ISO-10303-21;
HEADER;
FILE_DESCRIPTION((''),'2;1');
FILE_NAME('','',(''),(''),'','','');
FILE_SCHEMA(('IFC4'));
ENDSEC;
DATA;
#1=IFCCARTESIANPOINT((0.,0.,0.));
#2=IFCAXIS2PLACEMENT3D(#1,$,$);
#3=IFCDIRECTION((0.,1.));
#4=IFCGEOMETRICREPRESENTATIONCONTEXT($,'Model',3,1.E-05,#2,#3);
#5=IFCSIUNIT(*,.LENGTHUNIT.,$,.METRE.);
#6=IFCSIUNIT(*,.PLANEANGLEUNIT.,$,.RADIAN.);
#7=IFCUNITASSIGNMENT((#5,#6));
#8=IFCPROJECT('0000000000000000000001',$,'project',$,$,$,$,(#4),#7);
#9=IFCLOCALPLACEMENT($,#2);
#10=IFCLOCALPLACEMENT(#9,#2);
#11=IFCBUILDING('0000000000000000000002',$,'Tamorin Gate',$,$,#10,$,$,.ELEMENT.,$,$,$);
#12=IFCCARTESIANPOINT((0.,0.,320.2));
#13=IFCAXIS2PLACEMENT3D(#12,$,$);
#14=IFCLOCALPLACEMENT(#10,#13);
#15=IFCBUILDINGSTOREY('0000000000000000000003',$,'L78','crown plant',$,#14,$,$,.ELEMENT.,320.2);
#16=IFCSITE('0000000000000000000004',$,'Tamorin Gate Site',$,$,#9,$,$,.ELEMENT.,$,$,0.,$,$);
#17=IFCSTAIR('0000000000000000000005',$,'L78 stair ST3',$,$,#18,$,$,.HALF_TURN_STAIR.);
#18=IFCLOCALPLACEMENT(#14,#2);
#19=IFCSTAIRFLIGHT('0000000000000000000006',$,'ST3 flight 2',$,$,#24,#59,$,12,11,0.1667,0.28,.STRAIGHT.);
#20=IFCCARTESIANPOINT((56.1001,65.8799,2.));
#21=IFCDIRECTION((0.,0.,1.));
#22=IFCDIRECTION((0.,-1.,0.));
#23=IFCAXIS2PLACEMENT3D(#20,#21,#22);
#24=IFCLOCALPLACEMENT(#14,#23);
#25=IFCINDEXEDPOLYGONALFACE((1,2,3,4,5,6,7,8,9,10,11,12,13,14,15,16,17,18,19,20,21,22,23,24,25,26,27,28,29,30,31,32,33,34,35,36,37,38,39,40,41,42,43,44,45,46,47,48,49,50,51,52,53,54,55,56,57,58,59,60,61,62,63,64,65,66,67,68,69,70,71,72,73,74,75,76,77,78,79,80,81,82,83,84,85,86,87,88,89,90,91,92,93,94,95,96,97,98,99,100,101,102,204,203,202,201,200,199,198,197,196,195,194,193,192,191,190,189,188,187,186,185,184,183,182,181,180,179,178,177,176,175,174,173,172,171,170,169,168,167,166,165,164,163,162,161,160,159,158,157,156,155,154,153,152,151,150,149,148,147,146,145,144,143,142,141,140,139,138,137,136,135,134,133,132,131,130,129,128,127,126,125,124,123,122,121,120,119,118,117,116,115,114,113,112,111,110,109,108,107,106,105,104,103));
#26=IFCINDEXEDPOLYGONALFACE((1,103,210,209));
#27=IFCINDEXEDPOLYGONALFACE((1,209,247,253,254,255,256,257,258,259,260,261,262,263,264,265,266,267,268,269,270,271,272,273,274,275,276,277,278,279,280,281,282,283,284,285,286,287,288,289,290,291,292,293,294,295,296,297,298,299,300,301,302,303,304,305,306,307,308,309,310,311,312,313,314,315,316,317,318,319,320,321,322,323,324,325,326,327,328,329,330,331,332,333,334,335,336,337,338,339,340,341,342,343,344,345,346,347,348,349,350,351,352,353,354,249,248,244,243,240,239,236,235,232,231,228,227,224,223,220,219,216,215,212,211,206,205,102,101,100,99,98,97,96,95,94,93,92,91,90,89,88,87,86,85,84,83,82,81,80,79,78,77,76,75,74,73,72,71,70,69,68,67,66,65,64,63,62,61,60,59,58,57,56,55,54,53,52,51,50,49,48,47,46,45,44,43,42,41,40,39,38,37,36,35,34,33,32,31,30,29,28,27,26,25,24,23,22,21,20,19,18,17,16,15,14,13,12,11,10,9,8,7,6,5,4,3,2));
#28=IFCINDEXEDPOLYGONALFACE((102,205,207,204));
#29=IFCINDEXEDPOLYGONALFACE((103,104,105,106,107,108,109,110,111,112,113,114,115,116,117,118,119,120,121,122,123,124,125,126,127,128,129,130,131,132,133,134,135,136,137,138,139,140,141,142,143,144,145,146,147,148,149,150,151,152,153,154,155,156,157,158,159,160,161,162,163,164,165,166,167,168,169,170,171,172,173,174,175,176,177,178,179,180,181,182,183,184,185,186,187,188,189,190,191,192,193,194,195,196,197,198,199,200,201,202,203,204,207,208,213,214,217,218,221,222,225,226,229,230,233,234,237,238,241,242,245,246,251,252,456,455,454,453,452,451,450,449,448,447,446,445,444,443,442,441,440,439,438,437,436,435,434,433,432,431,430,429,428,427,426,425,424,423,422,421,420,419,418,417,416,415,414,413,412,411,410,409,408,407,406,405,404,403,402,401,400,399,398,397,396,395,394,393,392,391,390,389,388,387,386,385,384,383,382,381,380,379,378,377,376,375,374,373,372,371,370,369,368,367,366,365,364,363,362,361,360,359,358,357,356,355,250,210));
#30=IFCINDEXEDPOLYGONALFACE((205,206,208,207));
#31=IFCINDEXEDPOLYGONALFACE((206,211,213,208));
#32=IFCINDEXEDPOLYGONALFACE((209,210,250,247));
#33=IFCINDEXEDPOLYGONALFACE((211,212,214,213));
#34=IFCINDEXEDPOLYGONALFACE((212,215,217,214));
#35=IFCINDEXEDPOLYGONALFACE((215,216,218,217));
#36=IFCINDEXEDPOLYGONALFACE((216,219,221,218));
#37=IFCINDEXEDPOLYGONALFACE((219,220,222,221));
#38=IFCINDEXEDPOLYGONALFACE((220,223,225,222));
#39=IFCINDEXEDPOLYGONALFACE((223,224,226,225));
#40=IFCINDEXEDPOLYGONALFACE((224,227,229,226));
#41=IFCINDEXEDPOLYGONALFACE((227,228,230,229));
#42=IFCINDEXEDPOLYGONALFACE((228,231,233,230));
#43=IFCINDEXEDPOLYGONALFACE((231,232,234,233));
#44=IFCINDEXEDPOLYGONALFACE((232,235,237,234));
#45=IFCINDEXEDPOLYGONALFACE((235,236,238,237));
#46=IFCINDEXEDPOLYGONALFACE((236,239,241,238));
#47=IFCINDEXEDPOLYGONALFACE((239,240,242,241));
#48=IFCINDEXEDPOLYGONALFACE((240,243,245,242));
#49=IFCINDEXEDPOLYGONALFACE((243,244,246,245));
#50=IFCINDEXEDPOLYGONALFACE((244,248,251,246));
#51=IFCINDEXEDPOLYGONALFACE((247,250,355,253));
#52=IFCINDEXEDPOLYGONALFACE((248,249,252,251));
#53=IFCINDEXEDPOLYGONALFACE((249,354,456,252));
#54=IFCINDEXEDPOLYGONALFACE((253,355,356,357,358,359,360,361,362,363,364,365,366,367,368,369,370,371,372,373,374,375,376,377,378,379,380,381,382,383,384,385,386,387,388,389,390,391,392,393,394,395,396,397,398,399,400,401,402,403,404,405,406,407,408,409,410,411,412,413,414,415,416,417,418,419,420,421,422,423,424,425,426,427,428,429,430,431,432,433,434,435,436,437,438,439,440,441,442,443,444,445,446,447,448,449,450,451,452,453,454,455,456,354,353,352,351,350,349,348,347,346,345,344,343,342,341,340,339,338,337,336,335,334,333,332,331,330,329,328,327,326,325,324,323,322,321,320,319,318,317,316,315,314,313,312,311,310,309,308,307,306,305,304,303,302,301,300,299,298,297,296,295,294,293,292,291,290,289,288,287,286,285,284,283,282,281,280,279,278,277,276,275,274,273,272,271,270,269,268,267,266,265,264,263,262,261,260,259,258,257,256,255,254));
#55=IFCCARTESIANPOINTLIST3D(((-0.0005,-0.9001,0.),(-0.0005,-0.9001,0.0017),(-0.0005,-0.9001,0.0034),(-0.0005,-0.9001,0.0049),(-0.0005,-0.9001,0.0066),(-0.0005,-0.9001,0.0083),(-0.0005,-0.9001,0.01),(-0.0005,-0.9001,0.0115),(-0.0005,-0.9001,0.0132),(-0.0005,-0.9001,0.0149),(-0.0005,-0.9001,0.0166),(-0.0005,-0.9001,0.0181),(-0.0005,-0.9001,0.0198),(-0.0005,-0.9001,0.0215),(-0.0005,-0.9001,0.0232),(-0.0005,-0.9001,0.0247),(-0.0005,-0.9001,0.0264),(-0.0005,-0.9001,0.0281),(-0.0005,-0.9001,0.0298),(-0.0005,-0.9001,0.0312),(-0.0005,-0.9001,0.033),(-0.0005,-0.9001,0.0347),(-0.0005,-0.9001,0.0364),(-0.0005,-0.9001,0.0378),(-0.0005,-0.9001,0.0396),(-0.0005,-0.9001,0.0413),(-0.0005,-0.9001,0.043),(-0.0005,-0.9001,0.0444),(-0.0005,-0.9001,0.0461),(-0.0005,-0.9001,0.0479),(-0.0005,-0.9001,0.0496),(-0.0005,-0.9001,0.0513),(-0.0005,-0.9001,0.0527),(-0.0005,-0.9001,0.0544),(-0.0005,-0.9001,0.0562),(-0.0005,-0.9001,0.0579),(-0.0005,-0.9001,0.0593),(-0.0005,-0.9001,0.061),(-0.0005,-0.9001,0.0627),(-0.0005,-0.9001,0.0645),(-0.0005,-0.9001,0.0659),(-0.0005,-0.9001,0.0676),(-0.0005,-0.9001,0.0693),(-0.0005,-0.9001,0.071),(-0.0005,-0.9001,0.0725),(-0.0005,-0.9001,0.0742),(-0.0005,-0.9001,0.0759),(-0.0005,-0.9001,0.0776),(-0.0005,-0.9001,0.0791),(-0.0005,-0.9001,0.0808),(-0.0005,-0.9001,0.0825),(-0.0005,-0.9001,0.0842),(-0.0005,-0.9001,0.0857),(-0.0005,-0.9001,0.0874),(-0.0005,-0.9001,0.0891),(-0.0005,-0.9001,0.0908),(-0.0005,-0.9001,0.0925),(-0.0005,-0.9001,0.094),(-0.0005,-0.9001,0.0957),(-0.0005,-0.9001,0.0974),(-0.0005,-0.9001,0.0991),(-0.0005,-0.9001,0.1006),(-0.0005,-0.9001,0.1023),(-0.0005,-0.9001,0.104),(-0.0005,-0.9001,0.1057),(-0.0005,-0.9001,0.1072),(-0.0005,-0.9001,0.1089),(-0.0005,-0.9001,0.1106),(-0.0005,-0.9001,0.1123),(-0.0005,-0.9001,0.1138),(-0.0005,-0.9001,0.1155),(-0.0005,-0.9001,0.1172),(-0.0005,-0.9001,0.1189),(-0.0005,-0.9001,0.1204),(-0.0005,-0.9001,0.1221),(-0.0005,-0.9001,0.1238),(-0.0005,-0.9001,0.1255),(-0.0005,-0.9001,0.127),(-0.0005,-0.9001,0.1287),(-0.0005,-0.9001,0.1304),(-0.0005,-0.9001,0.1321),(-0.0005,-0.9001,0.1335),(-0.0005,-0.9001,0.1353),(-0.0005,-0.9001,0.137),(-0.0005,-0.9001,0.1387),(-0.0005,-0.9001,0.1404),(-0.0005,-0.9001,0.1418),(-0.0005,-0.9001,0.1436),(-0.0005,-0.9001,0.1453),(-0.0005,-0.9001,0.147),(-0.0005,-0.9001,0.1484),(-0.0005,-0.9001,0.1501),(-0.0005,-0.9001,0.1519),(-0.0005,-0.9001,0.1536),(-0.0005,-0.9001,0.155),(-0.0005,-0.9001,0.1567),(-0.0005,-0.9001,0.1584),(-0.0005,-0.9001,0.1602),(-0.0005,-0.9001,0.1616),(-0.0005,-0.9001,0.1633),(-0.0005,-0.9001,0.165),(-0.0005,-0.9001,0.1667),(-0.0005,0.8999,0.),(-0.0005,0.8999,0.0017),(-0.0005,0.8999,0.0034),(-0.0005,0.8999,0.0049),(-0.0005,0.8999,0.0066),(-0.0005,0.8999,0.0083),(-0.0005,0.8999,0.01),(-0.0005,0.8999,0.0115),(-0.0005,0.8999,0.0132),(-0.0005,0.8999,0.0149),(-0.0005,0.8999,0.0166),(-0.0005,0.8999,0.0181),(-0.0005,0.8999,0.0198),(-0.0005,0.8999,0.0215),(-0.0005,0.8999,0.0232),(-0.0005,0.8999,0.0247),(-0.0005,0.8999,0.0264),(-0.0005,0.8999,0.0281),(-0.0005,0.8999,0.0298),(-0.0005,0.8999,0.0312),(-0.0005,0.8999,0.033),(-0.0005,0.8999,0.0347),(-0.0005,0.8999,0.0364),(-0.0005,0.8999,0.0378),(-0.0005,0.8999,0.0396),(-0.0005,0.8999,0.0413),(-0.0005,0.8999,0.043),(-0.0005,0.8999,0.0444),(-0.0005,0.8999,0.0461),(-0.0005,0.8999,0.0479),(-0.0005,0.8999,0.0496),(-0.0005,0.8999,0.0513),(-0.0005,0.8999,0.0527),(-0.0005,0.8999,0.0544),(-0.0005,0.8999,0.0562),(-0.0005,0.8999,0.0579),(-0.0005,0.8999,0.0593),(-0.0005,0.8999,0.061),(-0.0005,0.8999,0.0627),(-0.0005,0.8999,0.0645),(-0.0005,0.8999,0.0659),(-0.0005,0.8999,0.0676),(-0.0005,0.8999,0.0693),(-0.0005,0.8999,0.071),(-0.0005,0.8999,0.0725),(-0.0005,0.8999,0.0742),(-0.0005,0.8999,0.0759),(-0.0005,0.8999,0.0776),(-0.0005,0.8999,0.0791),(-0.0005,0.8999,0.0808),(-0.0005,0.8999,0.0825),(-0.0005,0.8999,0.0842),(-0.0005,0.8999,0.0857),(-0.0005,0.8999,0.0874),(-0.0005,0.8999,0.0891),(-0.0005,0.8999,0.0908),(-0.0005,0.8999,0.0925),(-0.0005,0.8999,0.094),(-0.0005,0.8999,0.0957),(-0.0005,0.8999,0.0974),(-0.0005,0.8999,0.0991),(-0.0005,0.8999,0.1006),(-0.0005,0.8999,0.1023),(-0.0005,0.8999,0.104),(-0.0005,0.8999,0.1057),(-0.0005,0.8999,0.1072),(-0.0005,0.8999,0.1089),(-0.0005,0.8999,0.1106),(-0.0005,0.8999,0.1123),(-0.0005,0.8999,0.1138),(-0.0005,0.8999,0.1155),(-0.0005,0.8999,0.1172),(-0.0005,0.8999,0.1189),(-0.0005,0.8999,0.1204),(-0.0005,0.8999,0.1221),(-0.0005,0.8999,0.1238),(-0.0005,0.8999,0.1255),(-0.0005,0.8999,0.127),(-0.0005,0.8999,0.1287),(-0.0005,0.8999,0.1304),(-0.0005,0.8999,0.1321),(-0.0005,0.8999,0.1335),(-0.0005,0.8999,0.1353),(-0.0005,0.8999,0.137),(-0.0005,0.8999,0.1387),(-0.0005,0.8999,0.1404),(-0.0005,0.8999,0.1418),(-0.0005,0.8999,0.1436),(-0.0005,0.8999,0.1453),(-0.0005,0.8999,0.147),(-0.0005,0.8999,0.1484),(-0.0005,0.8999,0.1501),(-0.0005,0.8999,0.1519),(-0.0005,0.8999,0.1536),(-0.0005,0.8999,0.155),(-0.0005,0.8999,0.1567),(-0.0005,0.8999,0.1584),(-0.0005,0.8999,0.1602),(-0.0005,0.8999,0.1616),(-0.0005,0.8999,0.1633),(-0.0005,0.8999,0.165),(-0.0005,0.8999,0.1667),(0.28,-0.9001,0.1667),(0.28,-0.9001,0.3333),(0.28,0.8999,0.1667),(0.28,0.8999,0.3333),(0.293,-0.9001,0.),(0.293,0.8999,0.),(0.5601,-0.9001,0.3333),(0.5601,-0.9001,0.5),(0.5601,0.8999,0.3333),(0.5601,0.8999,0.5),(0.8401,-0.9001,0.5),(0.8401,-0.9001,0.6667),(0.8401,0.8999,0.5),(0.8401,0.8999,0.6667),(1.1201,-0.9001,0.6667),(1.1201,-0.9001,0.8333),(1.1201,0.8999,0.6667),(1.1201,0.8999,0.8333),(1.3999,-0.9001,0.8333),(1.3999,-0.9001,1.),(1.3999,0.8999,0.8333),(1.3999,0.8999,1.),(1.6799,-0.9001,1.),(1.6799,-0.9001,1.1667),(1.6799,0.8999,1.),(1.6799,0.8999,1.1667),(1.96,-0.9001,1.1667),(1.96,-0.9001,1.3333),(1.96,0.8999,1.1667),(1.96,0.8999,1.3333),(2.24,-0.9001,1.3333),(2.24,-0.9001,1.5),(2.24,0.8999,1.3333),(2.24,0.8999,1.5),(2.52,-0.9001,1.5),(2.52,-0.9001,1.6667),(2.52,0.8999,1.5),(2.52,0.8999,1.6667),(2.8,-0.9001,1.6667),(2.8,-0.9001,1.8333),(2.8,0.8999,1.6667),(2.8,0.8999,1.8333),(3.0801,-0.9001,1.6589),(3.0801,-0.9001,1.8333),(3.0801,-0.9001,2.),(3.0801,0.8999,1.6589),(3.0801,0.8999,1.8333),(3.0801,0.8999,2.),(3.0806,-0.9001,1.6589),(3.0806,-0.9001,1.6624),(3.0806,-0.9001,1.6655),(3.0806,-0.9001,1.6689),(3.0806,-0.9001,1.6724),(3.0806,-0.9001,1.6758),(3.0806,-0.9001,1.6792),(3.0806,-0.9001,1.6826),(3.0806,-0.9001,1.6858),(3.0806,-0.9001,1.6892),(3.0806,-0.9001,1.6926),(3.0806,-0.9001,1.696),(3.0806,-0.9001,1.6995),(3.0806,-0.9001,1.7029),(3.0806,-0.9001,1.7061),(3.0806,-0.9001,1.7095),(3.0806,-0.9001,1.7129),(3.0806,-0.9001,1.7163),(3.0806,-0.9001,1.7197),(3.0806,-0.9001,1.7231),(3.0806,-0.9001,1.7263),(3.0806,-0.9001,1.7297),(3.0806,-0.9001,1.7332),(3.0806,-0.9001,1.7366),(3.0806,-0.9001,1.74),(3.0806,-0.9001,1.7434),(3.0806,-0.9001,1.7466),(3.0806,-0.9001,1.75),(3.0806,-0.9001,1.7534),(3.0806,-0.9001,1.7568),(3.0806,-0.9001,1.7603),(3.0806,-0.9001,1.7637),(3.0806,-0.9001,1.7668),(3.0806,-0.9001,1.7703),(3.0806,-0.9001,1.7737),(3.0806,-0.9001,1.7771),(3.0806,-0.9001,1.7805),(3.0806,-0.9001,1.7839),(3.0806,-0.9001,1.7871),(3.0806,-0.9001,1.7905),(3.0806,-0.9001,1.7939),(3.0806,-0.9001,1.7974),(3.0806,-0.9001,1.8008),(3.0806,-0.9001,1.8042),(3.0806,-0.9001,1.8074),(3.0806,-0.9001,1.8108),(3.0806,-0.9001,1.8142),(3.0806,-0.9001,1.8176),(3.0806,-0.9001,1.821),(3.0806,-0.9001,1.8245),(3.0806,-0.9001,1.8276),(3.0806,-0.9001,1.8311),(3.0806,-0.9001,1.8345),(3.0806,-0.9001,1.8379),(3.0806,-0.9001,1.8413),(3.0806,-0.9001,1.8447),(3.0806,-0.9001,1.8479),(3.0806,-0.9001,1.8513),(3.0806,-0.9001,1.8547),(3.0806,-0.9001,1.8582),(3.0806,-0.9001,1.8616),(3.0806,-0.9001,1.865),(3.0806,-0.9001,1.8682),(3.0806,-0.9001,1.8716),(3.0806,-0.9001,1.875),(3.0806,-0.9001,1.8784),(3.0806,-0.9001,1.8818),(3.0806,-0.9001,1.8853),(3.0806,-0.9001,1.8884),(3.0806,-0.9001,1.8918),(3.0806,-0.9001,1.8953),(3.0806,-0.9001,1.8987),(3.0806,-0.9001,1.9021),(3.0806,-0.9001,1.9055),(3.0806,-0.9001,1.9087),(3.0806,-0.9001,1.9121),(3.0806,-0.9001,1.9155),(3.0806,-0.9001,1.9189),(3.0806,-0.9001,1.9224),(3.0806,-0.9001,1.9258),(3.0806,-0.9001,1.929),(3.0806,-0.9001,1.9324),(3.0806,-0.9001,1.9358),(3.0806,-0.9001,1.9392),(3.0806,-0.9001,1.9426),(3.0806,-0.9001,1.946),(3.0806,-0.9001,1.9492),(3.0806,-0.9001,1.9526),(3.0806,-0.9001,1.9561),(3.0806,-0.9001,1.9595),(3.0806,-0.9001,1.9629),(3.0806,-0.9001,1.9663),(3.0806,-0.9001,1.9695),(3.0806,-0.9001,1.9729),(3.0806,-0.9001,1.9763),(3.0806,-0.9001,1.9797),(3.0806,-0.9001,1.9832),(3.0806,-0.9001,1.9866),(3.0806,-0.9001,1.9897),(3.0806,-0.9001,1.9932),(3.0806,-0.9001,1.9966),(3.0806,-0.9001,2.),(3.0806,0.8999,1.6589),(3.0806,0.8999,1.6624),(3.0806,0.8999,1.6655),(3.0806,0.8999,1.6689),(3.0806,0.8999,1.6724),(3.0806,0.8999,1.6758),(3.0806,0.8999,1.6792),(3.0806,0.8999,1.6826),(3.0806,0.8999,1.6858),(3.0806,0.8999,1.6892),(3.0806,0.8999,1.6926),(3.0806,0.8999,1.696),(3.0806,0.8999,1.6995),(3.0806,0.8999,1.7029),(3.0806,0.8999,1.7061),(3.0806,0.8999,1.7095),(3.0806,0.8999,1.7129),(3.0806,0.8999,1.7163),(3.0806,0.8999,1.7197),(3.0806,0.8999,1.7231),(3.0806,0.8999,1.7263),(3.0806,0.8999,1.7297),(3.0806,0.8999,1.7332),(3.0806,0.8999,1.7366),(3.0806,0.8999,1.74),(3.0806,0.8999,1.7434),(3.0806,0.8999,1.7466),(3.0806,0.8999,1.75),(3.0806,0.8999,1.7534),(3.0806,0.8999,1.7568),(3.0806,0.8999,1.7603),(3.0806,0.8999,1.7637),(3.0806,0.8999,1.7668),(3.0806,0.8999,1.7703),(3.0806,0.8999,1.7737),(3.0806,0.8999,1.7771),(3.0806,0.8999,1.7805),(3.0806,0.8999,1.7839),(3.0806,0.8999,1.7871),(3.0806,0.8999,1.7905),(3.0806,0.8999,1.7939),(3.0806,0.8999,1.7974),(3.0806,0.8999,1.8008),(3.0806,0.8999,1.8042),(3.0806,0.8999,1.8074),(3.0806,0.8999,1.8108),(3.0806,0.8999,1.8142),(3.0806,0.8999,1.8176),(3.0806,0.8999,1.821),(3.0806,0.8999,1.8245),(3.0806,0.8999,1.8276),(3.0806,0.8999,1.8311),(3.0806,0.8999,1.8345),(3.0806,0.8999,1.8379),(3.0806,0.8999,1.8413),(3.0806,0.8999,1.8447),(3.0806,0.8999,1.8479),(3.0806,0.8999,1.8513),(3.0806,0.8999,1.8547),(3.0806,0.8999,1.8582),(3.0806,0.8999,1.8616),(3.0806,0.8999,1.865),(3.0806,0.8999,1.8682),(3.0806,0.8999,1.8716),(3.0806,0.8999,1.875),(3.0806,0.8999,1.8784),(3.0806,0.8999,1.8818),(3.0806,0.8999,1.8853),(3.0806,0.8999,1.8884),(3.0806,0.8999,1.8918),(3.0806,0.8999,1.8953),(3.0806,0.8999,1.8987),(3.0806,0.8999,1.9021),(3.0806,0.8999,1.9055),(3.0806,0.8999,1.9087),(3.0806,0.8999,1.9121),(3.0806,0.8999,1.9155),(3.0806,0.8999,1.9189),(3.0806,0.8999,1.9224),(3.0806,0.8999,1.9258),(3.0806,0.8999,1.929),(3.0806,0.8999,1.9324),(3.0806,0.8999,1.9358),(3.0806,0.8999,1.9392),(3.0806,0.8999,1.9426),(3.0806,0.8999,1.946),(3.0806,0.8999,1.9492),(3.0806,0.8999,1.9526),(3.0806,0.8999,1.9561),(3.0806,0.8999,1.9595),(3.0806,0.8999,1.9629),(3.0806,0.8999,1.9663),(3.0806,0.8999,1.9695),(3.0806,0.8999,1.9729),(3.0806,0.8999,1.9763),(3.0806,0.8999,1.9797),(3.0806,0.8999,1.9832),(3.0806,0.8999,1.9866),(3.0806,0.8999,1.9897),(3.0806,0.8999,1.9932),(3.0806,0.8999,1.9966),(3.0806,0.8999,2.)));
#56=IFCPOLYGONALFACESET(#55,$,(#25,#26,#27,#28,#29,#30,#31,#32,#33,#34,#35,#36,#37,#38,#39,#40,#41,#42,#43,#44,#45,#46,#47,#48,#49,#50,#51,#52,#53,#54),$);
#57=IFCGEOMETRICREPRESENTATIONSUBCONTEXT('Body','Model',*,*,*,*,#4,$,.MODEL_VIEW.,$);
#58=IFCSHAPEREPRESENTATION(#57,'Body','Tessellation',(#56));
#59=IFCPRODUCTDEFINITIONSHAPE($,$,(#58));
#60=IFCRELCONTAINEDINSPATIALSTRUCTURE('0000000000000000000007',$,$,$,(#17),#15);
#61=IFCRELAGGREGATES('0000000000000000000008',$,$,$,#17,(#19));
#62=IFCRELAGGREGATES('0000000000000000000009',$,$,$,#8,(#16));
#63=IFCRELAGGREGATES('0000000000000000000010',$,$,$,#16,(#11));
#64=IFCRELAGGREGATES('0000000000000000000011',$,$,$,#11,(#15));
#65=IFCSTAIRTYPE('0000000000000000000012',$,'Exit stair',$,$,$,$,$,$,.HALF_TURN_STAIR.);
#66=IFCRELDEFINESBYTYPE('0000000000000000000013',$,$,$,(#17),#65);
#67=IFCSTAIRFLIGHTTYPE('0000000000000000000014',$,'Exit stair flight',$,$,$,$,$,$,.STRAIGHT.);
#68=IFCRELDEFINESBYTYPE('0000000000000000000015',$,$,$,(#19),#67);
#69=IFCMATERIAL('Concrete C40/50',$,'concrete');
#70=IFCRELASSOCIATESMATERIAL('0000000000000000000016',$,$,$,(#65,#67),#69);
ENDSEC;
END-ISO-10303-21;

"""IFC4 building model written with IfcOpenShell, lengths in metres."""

from ifc_helpers import new_model, si_unit, direction, frame, origin, place, context, subcontext, project, spatial, polyline, outline, extrude, material, type_object, element, aggregate, save


model = new_model("IFC4")

# Units and contexts
model_context = context("Model", 3, precision=1e-05, world=origin(), true_north=direction((0.0, 1.0)))
body_context = subcontext(model_context, "Body", "Model", "MODEL_VIEW")
ifc_project = project(units=[si_unit("LENGTHUNIT", "METRE"), si_unit("PLANEANGLEUNIT", "RADIAN")], contexts=[model_context])

# Site, building, storey
site_placement = place(None, origin())
site = spatial("IfcSite", under=ifc_project, at=site_placement, Name="Tamorin Gate Site", CompositionType="ELEMENT", RefElevation=0.0)
building_placement = place(site_placement, origin())
building = spatial("IfcBuilding", under=site, at=building_placement, Name="Tamorin Gate", CompositionType="ELEMENT")
storey_placement = place(building_placement, frame((0.0, 0.0, 320.2)))
storey = spatial("IfcBuildingStorey", under=building, at=storey_placement, Name="L78", Description="crown plant", CompositionType="ELEMENT", Elevation=320.2)

# Shared definitions
ifc_material_1 = material(Name="Concrete C40/50", Category="concrete")

# Stair, stair flight
stair_type = type_object("IfcStairType", Name="Exit stair", PredefinedType="HALF_TURN_STAIR", material=ifc_material_1)
stair_placement = place(storey_placement, origin())
stair = element("IfcStair", 1, at=stair_placement, inside=storey, type_object=stair_type, Name="L78 stair ST3", PredefinedType="HALF_TURN_STAIR")
stair_flight_type = type_object("IfcStairFlightType", Name="Exit stair flight", PredefinedType="STRAIGHT", material=ifc_material_1)
stair_flight_placement = place(storey_placement, frame((56.1001, 65.8799, 2.0), z_axis=(0.0, 0.0, 1.0), x_axis=(0.0, -1.0, 0.0)))
stair_flight = element("IfcStairFlight", 2, at=stair_flight_placement, type_object=stair_flight_type, Name="ST3 flight 2", NumberOfRisers=12, NumberOfTreads=11, PredefinedType="STRAIGHT", RiserHeight=0.1667, TreadLength=0.28, context=body_context, shape_type="SweptSolid", body=[
    extrude(outline(polyline([(-0.0005, 0.0), (-0.0005, 0.0017), (-0.0005, 0.0034), (-0.0005, 0.0049), (-0.0005, 0.0066), (-0.0005, 0.0083), (-0.0005, 0.01), (-0.0005, 0.0115), (-0.0005, 0.0132), (-0.0005, 0.0149), (-0.0005, 0.0166), (-0.0005, 0.0181), (-0.0005, 0.0198), (-0.0005, 0.0215), (-0.0005, 0.0232), (-0.0005, 0.0247), (-0.0005, 0.0264), (-0.0005, 0.0281), (-0.0005, 0.0298), (-0.0005, 0.0312), (-0.0005, 0.033), (-0.0005, 0.0347), (-0.0005, 0.0364), (-0.0005, 0.0378), (-0.0005, 0.0396), (-0.0005, 0.0413), (-0.0005, 0.043), (-0.0005, 0.0444), (-0.0005, 0.0461), (-0.0005, 0.0479), (-0.0005, 0.0496), (-0.0005, 0.0513), (-0.0005, 0.0527), (-0.0005, 0.0544), (-0.0005, 0.0562), (-0.0005, 0.0579), (-0.0005, 0.0593), (-0.0005, 0.061), (-0.0005, 0.0627), (-0.0005, 0.0645), (-0.0005, 0.0659), (-0.0005, 0.0676), (-0.0005, 0.0693), (-0.0005, 0.071), (-0.0005, 0.0725), (-0.0005, 0.0742), (-0.0005, 0.0759), (-0.0005, 0.0776), (-0.0005, 0.0791), (-0.0005, 0.0808), (-0.0005, 0.0825), (-0.0005, 0.0842), (-0.0005, 0.0857), (-0.0005, 0.0874), (-0.0005, 0.0891), (-0.0005, 0.0908), (-0.0005, 0.0925), (-0.0005, 0.094), (-0.0005, 0.0957), (-0.0005, 0.0974), (-0.0005, 0.0991), (-0.0005, 0.1006), (-0.0005, 0.1023), (-0.0005, 0.104), (-0.0005, 0.1057), (-0.0005, 0.1072), (-0.0005, 0.1089), (-0.0005, 0.1106), (-0.0005, 0.1123), (-0.0005, 0.1138), (-0.0005, 0.1155), (-0.0005, 0.1172), (-0.0005, 0.1189), (-0.0005, 0.1204), (-0.0005, 0.1221), (-0.0005, 0.1238), (-0.0005, 0.1255), (-0.0005, 0.127), (-0.0005, 0.1287), (-0.0005, 0.1304), (-0.0005, 0.1321), (-0.0005, 0.1335), (-0.0005, 0.1353), (-0.0005, 0.137), (-0.0005, 0.1387), (-0.0005, 0.1404), (-0.0005, 0.1418), (-0.0005, 0.1436), (-0.0005, 0.1453), (-0.0005, 0.147), (-0.0005, 0.1484), (-0.0005, 0.1501), (-0.0005, 0.1519), (-0.0005, 0.1536), (-0.0005, 0.155), (-0.0005, 0.1567), (-0.0005, 0.1584), (-0.0005, 0.1602), (-0.0005, 0.1616), (-0.0005, 0.1633), (-0.0005, 0.165), (-0.0005, 0.1667), (0.28, 0.1667), (0.28, 0.3333), (0.5601, 0.3333), (0.5601, 0.5), (0.8401, 0.5), (0.8401, 0.6667), (1.1201, 0.6667), (1.1201, 0.8333), (1.3999, 0.8333), (1.3999, 1.0), (1.6799, 1.0), (1.6799, 1.1667), (1.96, 1.1667), (1.96, 1.3333), (2.24, 1.3333), (2.24, 1.5), (2.52, 1.5), (2.52, 1.6667), (2.8, 1.6667), (2.8, 1.8333), (3.0801, 1.8333), (3.0801, 2.0), (3.0806, 2.0), (3.0806, 1.9966), (3.0806, 1.9932), (3.0806, 1.9897), (3.0806, 1.9866), (3.0806, 1.9832), (3.0806, 1.9797), (3.0806, 1.9763), (3.0806, 1.9729), (3.0806, 1.9695), (3.0806, 1.9663), (3.0806, 1.9629), (3.0806, 1.9595), (3.0806, 1.9561), (3.0806, 1.9526), (3.0806, 1.9492), (3.0806, 1.946), (3.0806, 1.9426), (3.0806, 1.9392), (3.0806, 1.9358), (3.0806, 1.9324), (3.0806, 1.929), (3.0806, 1.9258), (3.0806, 1.9224), (3.0806, 1.9189), (3.0806, 1.9155), (3.0806, 1.9121), (3.0806, 1.9087), (3.0806, 1.9055), (3.0806, 1.9021), (3.0806, 1.8987), (3.0806, 1.8953), (3.0806, 1.8918), (3.0806, 1.8884), (3.0806, 1.8853), (3.0806, 1.8818), (3.0806, 1.8784), (3.0806, 1.875), (3.0806, 1.8716), (3.0806, 1.8682), (3.0806, 1.865), (3.0806, 1.8616), (3.0806, 1.8582), (3.0806, 1.8547), (3.0806, 1.8513), (3.0806, 1.8479), (3.0806, 1.8447), (3.0806, 1.8413), (3.0806, 1.8379), (3.0806, 1.8345), (3.0806, 1.8311), (3.0806, 1.8276), (3.0806, 1.8245), (3.0806, 1.821), (3.0806, 1.8176), (3.0806, 1.8142), (3.0806, 1.8108), (3.0806, 1.8074), (3.0806, 1.8042), (3.0806, 1.8008), (3.0806, 1.7974), (3.0806, 1.7939), (3.0806, 1.7905), (3.0806, 1.7871), (3.0806, 1.7839), (3.0806, 1.7805), (3.0806, 1.7771), (3.0806, 1.7737), (3.0806, 1.7703), (3.0806, 1.7668), (3.0806, 1.7637), (3.0806, 1.7603), (3.0806, 1.7568), (3.0806, 1.7534), (3.0806, 1.75), (3.0806, 1.7466), (3.0806, 1.7434), (3.0806, 1.74), (3.0806, 1.7366), (3.0806, 1.7332), (3.0806, 1.7297), (3.0806, 1.7263), (3.0806, 1.7231), (3.0806, 1.7197), (3.0806, 1.7163), (3.0806, 1.7129), (3.0806, 1.7095), (3.0806, 1.7061), (3.0806, 1.7029), (3.0806, 1.6995), (3.0806, 1.696), (3.0806, 1.6926), (3.0806, 1.6892), (3.0806, 1.6858), (3.0806, 1.6826), (3.0806, 1.6792), (3.0806, 1.6758), (3.0806, 1.6724), (3.0806, 1.6689), (3.0806, 1.6655), (3.0806, 1.6624), (3.0806, 1.6589), (3.0801, 1.6589), (0.293, 0.0), (-0.0005, 0.0)])), frame((0.0, 0.8999, 0.0), z_axis=(0.0, -1.0, 0.0), x_axis=(1.0, 0.0, 0.0)), (0.0, 0.0, 1.0), 1.8),
])
aggregate(stair, [stair_flight])

save(model, "model.ifc")
